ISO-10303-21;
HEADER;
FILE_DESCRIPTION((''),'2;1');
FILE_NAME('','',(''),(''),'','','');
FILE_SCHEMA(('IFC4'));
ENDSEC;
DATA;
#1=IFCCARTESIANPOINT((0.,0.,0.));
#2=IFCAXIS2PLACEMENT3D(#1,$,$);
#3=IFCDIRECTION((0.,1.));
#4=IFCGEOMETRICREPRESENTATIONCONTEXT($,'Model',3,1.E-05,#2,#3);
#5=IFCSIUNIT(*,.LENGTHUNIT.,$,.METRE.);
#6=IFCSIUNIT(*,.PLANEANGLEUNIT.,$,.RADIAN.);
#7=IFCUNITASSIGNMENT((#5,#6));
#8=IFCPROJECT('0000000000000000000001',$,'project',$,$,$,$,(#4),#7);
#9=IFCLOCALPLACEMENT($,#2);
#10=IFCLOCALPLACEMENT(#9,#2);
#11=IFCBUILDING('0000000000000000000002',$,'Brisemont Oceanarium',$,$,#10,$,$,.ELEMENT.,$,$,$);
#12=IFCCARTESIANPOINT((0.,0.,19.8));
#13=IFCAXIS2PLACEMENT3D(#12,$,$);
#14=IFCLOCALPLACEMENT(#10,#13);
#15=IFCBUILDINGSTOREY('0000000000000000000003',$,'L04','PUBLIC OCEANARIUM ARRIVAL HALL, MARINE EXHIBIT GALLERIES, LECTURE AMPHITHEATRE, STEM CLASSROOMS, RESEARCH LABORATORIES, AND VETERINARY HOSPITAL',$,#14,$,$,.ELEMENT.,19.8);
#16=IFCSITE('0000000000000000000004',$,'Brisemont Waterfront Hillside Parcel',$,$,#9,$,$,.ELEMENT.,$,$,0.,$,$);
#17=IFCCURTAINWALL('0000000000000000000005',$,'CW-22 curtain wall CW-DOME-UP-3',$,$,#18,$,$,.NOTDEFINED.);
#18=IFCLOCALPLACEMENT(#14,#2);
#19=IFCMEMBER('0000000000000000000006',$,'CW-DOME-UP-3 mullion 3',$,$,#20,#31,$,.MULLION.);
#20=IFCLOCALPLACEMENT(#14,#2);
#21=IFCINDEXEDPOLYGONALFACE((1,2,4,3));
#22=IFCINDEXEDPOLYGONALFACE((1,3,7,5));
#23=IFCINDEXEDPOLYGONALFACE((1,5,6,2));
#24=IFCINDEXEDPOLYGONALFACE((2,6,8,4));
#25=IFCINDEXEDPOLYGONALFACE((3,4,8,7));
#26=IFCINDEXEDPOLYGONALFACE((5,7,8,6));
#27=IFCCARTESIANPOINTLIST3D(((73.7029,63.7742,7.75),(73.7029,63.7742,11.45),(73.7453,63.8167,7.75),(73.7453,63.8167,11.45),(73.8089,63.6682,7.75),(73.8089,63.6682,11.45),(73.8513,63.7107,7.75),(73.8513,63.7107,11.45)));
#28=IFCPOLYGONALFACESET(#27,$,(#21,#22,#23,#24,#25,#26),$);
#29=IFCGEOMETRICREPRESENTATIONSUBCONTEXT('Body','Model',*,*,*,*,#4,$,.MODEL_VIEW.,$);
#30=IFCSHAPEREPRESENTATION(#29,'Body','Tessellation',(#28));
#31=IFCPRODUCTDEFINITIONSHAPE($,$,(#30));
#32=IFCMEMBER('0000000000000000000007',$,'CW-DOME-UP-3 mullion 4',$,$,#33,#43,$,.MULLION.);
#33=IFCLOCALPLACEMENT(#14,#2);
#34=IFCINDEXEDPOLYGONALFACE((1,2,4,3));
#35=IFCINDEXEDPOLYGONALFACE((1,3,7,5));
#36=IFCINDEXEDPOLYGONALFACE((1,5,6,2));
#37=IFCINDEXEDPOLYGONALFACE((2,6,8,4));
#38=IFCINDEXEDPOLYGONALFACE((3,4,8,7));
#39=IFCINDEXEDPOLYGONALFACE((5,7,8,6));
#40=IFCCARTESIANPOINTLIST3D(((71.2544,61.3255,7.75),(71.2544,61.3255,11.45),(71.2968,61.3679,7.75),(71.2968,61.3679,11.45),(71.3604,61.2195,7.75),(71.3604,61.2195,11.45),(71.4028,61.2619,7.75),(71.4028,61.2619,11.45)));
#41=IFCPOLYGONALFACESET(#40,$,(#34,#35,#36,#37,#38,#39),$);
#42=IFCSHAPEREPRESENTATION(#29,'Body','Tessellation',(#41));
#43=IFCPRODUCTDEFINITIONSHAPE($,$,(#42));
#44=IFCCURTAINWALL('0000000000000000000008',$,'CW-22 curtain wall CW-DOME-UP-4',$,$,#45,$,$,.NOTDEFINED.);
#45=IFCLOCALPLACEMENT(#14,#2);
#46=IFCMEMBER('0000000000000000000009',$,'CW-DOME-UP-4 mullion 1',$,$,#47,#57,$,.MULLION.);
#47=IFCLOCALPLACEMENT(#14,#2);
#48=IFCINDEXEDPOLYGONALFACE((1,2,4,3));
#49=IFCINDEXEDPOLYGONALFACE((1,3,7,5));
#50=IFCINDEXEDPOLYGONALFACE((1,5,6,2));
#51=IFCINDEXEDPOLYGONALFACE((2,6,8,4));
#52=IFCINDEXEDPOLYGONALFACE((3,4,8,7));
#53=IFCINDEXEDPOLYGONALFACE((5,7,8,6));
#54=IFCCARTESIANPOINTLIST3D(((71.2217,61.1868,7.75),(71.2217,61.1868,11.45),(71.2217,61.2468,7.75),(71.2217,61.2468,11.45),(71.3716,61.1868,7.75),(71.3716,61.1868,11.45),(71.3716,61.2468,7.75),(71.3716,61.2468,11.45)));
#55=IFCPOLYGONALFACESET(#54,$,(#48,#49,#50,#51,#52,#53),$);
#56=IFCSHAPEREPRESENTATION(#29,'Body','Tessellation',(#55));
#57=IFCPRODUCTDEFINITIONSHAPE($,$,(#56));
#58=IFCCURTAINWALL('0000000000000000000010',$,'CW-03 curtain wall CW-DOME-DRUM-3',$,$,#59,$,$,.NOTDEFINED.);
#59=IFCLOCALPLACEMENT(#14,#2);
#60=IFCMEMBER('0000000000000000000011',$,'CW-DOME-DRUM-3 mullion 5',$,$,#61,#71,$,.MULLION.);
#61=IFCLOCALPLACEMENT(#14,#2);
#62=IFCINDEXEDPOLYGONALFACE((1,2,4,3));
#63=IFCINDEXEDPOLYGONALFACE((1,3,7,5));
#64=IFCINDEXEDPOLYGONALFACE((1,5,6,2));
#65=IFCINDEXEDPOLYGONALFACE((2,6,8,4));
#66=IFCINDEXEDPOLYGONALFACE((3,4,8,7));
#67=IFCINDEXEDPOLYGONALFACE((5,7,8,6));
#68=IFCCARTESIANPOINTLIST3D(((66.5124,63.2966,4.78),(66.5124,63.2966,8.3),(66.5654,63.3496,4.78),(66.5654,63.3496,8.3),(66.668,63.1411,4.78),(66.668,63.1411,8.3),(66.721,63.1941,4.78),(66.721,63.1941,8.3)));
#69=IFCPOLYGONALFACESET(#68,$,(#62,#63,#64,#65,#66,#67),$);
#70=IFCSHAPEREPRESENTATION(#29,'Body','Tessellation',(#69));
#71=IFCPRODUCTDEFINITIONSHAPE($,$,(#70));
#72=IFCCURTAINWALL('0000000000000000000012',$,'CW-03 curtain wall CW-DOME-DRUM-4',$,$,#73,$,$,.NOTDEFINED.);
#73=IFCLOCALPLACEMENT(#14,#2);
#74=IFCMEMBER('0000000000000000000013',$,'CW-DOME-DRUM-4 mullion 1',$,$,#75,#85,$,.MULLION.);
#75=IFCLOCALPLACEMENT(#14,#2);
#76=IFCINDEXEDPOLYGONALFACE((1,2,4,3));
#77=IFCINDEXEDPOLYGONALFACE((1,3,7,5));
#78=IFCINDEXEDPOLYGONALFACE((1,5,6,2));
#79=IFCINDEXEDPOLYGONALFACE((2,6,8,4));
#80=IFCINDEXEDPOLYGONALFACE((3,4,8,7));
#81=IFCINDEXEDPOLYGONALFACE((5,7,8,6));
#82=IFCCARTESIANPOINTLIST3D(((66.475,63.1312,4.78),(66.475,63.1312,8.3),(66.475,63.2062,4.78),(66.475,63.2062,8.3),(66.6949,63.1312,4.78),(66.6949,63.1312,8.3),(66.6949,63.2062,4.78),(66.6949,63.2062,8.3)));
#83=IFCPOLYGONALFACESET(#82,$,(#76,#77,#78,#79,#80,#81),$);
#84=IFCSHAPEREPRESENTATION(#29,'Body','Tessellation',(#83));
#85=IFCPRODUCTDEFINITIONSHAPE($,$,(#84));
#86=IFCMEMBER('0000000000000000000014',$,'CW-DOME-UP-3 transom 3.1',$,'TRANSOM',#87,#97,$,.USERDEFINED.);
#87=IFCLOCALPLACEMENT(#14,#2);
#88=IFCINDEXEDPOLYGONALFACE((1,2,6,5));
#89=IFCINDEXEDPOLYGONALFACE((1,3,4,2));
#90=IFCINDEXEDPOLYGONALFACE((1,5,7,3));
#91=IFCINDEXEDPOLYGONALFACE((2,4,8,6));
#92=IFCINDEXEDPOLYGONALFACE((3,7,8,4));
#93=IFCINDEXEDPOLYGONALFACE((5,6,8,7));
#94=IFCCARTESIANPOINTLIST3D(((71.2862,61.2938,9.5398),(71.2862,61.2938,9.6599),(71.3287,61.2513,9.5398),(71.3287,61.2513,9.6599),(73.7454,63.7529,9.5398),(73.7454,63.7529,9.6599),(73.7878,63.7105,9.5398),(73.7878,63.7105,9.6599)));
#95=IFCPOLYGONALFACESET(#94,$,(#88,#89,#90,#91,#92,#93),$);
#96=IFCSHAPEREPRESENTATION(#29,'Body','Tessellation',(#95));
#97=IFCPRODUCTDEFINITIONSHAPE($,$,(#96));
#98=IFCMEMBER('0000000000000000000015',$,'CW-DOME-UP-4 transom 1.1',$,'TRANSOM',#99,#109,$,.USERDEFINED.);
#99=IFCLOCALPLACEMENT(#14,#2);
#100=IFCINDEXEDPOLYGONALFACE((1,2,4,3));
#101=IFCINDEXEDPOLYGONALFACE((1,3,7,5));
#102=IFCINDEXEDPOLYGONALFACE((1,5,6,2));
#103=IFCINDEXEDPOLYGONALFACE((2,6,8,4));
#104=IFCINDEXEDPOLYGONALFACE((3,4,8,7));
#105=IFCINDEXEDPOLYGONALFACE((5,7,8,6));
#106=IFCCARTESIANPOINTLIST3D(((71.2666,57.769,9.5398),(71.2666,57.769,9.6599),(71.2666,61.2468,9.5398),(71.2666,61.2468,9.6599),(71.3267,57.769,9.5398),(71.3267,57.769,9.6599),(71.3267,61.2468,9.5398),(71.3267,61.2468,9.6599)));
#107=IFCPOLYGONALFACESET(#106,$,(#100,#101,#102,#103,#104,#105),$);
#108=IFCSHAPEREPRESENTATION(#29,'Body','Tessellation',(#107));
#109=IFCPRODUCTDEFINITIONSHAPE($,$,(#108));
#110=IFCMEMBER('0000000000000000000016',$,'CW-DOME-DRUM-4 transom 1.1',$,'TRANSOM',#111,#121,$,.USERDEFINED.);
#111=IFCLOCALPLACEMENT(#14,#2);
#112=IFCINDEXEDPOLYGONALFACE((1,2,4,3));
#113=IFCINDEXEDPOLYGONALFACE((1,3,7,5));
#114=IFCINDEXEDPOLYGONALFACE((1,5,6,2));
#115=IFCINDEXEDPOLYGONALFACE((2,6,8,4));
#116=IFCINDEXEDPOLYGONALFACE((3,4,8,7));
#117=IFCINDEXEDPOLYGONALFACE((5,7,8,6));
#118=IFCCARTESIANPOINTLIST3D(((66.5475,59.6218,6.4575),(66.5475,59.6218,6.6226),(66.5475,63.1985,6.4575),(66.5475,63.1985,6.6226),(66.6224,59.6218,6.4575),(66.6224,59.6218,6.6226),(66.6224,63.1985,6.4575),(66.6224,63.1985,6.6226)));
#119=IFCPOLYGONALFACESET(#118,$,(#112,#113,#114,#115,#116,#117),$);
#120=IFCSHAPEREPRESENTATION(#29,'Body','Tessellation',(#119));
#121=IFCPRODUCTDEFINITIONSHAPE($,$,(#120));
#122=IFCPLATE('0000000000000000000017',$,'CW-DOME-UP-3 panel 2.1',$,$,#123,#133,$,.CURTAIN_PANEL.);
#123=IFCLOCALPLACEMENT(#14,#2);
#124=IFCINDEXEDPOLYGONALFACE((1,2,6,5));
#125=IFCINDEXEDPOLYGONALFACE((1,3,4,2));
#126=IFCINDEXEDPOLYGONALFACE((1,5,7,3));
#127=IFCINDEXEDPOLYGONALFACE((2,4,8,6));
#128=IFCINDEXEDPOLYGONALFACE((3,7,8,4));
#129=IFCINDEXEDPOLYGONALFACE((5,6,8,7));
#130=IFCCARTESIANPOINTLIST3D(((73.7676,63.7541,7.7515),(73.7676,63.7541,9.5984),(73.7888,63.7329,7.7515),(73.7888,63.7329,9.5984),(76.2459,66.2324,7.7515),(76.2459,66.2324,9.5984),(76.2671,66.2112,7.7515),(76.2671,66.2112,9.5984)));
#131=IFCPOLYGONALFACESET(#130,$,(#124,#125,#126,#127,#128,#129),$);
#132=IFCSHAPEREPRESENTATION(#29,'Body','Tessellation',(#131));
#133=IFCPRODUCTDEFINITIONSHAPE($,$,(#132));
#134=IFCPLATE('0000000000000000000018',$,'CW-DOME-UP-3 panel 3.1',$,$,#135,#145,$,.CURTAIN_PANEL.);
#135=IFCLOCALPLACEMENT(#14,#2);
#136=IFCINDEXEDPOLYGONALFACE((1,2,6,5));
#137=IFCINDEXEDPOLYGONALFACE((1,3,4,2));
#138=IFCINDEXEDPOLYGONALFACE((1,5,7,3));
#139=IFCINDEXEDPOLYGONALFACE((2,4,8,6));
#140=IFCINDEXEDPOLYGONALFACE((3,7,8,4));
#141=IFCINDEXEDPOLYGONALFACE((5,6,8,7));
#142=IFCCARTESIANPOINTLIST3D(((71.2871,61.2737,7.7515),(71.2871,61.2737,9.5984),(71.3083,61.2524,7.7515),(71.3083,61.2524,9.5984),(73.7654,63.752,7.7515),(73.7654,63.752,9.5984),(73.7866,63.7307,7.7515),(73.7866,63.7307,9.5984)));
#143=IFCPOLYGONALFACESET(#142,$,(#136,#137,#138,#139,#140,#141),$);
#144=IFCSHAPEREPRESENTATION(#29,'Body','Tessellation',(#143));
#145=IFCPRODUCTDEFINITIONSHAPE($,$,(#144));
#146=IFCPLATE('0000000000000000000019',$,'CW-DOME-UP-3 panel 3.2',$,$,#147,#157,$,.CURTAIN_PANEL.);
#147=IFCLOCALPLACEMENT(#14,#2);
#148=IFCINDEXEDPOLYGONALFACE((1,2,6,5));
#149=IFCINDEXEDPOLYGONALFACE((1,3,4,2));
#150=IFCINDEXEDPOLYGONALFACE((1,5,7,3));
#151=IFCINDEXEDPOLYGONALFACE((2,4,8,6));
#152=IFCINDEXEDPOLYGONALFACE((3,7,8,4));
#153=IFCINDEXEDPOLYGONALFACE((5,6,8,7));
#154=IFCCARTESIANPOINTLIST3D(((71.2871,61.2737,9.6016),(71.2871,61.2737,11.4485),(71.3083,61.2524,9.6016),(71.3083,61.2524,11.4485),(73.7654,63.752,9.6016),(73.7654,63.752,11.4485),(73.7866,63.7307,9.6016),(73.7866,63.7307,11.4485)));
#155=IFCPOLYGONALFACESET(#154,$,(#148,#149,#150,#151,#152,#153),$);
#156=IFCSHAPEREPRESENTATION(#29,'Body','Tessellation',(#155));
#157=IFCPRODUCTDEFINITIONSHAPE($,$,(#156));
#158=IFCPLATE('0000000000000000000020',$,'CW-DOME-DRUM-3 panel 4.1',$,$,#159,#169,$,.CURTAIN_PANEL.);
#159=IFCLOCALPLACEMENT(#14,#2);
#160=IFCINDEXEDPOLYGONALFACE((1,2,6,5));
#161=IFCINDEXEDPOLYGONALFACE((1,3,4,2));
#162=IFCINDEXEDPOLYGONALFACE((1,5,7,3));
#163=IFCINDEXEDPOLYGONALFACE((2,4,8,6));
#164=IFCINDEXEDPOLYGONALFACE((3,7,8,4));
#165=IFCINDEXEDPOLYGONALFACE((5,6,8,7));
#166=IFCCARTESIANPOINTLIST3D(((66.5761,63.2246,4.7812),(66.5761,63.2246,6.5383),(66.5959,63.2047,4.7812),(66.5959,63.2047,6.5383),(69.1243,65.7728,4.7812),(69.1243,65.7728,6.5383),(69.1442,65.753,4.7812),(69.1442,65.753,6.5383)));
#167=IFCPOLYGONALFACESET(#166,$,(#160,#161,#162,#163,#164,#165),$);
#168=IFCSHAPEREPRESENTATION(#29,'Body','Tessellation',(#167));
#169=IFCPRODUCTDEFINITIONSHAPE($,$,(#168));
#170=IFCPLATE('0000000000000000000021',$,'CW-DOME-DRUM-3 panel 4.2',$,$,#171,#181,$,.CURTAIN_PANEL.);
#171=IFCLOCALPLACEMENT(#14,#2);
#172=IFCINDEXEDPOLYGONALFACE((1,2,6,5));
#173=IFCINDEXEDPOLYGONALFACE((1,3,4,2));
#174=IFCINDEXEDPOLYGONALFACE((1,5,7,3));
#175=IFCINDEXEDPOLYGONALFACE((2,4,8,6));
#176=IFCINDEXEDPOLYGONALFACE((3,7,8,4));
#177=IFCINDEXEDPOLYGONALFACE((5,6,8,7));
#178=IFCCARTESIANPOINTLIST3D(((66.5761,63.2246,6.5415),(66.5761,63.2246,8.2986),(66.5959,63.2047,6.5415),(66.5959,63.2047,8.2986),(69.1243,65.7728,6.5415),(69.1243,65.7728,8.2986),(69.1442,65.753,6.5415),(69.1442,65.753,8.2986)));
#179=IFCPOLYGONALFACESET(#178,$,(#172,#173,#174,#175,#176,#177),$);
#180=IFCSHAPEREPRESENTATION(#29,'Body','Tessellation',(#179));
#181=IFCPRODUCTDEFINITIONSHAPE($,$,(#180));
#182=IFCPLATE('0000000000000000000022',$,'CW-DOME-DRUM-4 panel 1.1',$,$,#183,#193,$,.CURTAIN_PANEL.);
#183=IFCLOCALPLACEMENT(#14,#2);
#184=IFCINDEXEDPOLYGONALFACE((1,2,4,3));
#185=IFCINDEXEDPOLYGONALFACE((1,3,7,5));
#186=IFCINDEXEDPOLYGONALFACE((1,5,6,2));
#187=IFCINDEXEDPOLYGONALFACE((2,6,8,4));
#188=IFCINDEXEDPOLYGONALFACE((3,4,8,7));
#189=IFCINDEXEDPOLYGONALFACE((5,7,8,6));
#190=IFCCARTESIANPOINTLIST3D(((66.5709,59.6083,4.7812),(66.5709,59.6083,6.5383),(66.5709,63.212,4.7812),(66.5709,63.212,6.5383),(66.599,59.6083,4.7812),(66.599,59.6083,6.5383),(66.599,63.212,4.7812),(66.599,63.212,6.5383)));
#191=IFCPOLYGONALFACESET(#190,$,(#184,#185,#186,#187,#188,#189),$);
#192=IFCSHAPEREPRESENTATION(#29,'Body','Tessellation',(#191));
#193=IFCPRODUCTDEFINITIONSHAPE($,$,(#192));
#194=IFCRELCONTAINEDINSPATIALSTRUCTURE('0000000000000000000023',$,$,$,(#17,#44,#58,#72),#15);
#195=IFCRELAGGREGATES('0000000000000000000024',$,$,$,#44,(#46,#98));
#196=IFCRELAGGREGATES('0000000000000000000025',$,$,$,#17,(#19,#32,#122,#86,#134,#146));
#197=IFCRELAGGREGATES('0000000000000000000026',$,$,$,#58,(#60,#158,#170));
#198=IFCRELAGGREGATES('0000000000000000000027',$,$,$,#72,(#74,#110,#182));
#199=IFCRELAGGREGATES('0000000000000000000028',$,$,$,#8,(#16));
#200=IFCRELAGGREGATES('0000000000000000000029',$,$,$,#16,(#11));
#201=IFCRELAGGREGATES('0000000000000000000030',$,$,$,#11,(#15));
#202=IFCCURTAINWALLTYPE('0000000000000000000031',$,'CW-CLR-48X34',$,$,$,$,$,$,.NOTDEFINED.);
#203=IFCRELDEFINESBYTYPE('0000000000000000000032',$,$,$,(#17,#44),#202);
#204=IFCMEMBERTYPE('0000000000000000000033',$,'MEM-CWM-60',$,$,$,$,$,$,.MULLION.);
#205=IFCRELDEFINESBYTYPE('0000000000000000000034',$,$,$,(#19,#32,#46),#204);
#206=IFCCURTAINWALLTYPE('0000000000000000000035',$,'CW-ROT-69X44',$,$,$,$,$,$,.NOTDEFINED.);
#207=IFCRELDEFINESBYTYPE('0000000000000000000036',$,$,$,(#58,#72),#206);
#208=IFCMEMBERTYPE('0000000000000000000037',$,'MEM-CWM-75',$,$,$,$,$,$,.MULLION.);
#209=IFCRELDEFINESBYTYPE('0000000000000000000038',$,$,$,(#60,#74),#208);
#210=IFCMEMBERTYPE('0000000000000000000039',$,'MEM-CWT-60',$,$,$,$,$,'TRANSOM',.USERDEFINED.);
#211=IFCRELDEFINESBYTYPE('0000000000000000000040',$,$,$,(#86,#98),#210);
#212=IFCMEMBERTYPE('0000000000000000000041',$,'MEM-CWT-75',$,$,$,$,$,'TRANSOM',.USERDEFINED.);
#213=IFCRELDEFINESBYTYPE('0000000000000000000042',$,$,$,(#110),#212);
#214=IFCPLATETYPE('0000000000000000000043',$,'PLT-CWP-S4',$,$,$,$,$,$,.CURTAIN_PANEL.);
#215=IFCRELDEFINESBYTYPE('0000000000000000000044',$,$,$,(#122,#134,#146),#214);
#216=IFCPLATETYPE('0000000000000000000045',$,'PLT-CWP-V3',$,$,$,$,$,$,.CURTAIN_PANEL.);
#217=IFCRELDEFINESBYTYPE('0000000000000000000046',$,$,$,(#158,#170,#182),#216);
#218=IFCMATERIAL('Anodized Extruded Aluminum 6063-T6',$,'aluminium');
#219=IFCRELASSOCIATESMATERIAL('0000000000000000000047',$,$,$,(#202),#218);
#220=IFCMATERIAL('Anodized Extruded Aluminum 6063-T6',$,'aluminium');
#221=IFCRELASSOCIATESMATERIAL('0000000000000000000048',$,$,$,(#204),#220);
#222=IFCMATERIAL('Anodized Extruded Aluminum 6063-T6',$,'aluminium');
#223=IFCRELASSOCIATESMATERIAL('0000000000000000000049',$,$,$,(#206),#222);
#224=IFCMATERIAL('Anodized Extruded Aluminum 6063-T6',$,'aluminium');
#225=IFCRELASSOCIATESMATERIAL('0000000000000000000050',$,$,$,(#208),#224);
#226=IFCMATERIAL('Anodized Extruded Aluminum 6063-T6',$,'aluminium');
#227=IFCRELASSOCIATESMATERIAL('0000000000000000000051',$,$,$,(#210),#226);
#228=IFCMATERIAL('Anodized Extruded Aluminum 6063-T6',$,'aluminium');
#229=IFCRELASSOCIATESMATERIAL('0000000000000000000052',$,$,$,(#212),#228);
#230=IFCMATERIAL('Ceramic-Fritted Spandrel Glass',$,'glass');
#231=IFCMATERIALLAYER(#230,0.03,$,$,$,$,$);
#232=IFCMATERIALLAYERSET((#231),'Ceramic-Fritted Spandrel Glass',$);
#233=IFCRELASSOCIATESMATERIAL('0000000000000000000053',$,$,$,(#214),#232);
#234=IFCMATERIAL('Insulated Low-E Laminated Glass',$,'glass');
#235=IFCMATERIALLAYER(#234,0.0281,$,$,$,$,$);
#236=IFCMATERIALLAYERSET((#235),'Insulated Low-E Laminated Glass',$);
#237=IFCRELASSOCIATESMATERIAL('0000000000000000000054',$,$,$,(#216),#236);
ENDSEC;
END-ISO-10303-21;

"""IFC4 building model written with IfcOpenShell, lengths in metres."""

from ifc_helpers import new_model, si_unit, direction, frame, origin, origin_2d, place, context, subcontext, project, spatial, rectangle, extrude, material, layer, layer_set, material_profile, profile_set, type_object, element, aggregate, save


model = new_model("IFC4")

# Units and contexts
model_context = context("Model", 3, precision=1e-05, world=origin(), true_north=direction((0.0, 1.0)))
body_context = subcontext(model_context, "Body", "Model", "MODEL_VIEW")
ifc_project = project(units=[si_unit("LENGTHUNIT", "METRE"), si_unit("PLANEANGLEUNIT", "RADIAN")], contexts=[model_context])

# Site, building, storey
site_placement = place(None, origin())
site = spatial("IfcSite", under=ifc_project, at=site_placement, Name="Brisemont Waterfront Hillside Parcel", CompositionType="ELEMENT", RefElevation=0.0)
building_placement = place(site_placement, origin())
building = spatial("IfcBuilding", under=site, at=building_placement, Name="Brisemont Oceanarium", CompositionType="ELEMENT")
storey_placement = place(building_placement, frame((0.0, 0.0, 19.8)))
storey = spatial("IfcBuildingStorey", under=building, at=storey_placement, Name="L04", Description="PUBLIC OCEANARIUM ARRIVAL HALL, MARINE EXHIBIT GALLERIES, LECTURE AMPHITHEATRE, STEM CLASSROOMS, RESEARCH LABORATORIES, AND VETERINARY HOSPITAL", CompositionType="ELEMENT", Elevation=19.8)

# Curtain wall, members
ifc_material_1 = material(Name="Anodized Extruded Aluminum 6063-T6", Category="aluminium")
curtain_wall_type_1 = type_object("IfcCurtainWallType", Name="CW-CLR-48X34", PredefinedType="NOTDEFINED", material=ifc_material_1)
curtain_wall_1_placement = place(storey_placement, origin())
curtain_wall_1 = element("IfcCurtainWall", 1, at=curtain_wall_1_placement, inside=storey, type_object=curtain_wall_type_1, Name="CW-22 curtain wall CW-DOME-UP-3", PredefinedType="NOTDEFINED")
ifc_material_2 = material(Name="Anodized Extruded Aluminum 6063-T6", Category="aluminium")
ifc_material_profile_1 = material_profile(ifc_material_2, rectangle(XDim=0.0601, YDim=0.1499, at=origin_2d()), Name="CWM-60X150")
ifc_profile_set_1 = profile_set([ifc_material_profile_1], Name="Anodized Extruded Aluminum 6063-T6")
member_type_1 = type_object("IfcMemberType", Name="MEM-CWM-60", PredefinedType="MULLION", material=ifc_profile_set_1)
member_1_placement = place(storey_placement, frame((73.7771, 63.7424, 7.75), z_axis=(0.0, 0.0, 1.0), x_axis=(-0.707107, -0.707107, 0.0)))
member_1 = element("IfcMember", 2, at=member_1_placement, type_object=member_type_1, Name="CW-DOME-UP-3 mullion 3", PredefinedType="MULLION", context=body_context, shape_type="SweptSolid", body=[
    extrude(rectangle(XDim=0.0601, YDim=0.1499, at=origin_2d()), origin(), (0.0, 0.0, 1.0), 3.7),
])
member_2_placement = place(storey_placement, frame((71.3286, 61.2937, 7.75), z_axis=(0.0, 0.0, 1.0), x_axis=(-0.707107, -0.707107, 0.0)))
member_2 = element("IfcMember", 3, at=member_2_placement, type_object=member_type_1, Name="CW-DOME-UP-3 mullion 4", PredefinedType="MULLION", context=body_context, shape_type="SweptSolid", body=[
    extrude(rectangle(XDim=0.0601, YDim=0.1499, at=origin_2d()), origin(), (0.0, 0.0, 1.0), 3.7),
])

# Curtain walls, members
curtain_wall_2_placement = place(storey_placement, origin())
curtain_wall_2 = element("IfcCurtainWall", 4, at=curtain_wall_2_placement, inside=storey, type_object=curtain_wall_type_1, Name="CW-22 curtain wall CW-DOME-UP-4", PredefinedType="NOTDEFINED")
member_3_placement = place(storey_placement, frame((71.2966, 61.2168, 7.75), z_axis=(0.0, 0.0, 1.0), x_axis=(0.0, -1.0, 0.0)))
member_3 = element("IfcMember", 5, at=member_3_placement, type_object=member_type_1, Name="CW-DOME-UP-4 mullion 1", PredefinedType="MULLION", context=body_context, shape_type="SweptSolid", body=[
    extrude(rectangle(XDim=0.0601, YDim=0.1499, at=origin_2d()), origin(), (0.0, 0.0, 1.0), 3.7),
])
ifc_material_3 = material(Name="Anodized Extruded Aluminum 6063-T6", Category="aluminium")
curtain_wall_type_2 = type_object("IfcCurtainWallType", Name="CW-ROT-69X44", PredefinedType="NOTDEFINED", material=ifc_material_3)
curtain_wall_3_placement = place(storey_placement, origin())
curtain_wall_3 = element("IfcCurtainWall", 6, at=curtain_wall_3_placement, inside=storey, type_object=curtain_wall_type_2, Name="CW-03 curtain wall CW-DOME-DRUM-3", PredefinedType="NOTDEFINED")
ifc_material_4 = material(Name="Anodized Extruded Aluminum 6063-T6", Category="aluminium")
ifc_material_profile_2 = material_profile(ifc_material_4, rectangle(XDim=0.075, YDim=0.22, at=origin_2d()), Name="CWM-75X220")
ifc_profile_set_2 = profile_set([ifc_material_profile_2], Name="Anodized Extruded Aluminum 6063-T6")
member_type_2 = type_object("IfcMemberType", Name="MEM-CWM-75", PredefinedType="MULLION", material=ifc_profile_set_2)
member_4_placement = place(storey_placement, frame((66.6167, 63.2454, 4.78), z_axis=(0.0, 0.0, 1.0), x_axis=(-0.707107, -0.707107, 0.0)))
member_4 = element("IfcMember", 7, at=member_4_placement, type_object=member_type_2, Name="CW-DOME-DRUM-3 mullion 5", PredefinedType="MULLION", context=body_context, shape_type="SweptSolid", body=[
    extrude(rectangle(XDim=0.075, YDim=0.22, at=origin_2d()), origin(), (0.0, 0.0, 1.0), 3.52),
])
curtain_wall_4_placement = place(storey_placement, origin())
curtain_wall_4 = element("IfcCurtainWall", 8, at=curtain_wall_4_placement, inside=storey, type_object=curtain_wall_type_2, Name="CW-03 curtain wall CW-DOME-DRUM-4", PredefinedType="NOTDEFINED")
member_5_placement = place(storey_placement, frame((66.585, 63.1687, 4.78), z_axis=(0.0, 0.0, 1.0), x_axis=(0.0, -1.0, 0.0)))
member_5 = element("IfcMember", 9, at=member_5_placement, type_object=member_type_2, Name="CW-DOME-DRUM-4 mullion 1", PredefinedType="MULLION", context=body_context, shape_type="SweptSolid", body=[
    extrude(rectangle(XDim=0.075, YDim=0.22, at=origin_2d()), origin(), (0.0, 0.0, 1.0), 3.52),
])

# Members
ifc_material_5 = material(Name="Anodized Extruded Aluminum 6063-T6", Category="aluminium")
ifc_material_profile_3 = material_profile(ifc_material_5, rectangle(XDim=0.0601, YDim=0.1201, at=origin_2d()), Name="CWT-60X120")
ifc_profile_set_3 = profile_set([ifc_material_profile_3], Name="Anodized Extruded Aluminum 6063-T6")
member_type_3 = type_object("IfcMemberType", Name="MEM-CWT-60", ElementType="TRANSOM", PredefinedType="USERDEFINED", material=ifc_profile_set_3)
member_6_placement = place(storey_placement, frame((73.7666, 63.7317, 9.5999), z_axis=(-0.707107, -0.707107, 0.0), x_axis=(0.707107, -0.707107, 0.0)))
member_6 = element("IfcMember", 10, at=member_6_placement, type_object=member_type_3, Name="CW-DOME-UP-3 transom 3.1", ObjectType="TRANSOM", PredefinedType="USERDEFINED", context=body_context, shape_type="SweptSolid", body=[
    extrude(rectangle(XDim=0.0601, YDim=0.1201, at=origin_2d()), origin(), (0.0, 0.0, 1.0), 3.4778),
])
member_7_placement = place(storey_placement, frame((71.2966, 61.2468, 9.5999), z_axis=(0.0, -1.0, 0.0), x_axis=(1.0, 0.0, 0.0)))
member_7 = element("IfcMember", 11, at=member_7_placement, type_object=member_type_3, Name="CW-DOME-UP-4 transom 1.1", ObjectType="TRANSOM", PredefinedType="USERDEFINED", context=body_context, shape_type="SweptSolid", body=[
    extrude(rectangle(XDim=0.0601, YDim=0.1201, at=origin_2d()), origin(), (0.0, 0.0, 1.0), 3.4778),
])
aggregate(curtain_wall_2, [member_3, member_7])
ifc_material_6 = material(Name="Anodized Extruded Aluminum 6063-T6", Category="aluminium")
ifc_material_profile_4 = material_profile(ifc_material_6, rectangle(XDim=0.075, YDim=0.165, at=origin_2d()), Name="CWT-75X165")
ifc_profile_set_4 = profile_set([ifc_material_profile_4], Name="Anodized Extruded Aluminum 6063-T6")
member_type_4 = type_object("IfcMemberType", Name="MEM-CWT-75", ElementType="TRANSOM", PredefinedType="USERDEFINED", material=ifc_profile_set_4)
member_8_placement = place(storey_placement, frame((66.585, 63.1985, 6.54), z_axis=(0.0, -1.0, 0.0), x_axis=(1.0, 0.0, 0.0)))
member_8 = element("IfcMember", 12, at=member_8_placement, type_object=member_type_4, Name="CW-DOME-DRUM-4 transom 1.1", ObjectType="TRANSOM", PredefinedType="USERDEFINED", context=body_context, shape_type="SweptSolid", body=[
    extrude(rectangle(XDim=0.075, YDim=0.165, at=origin_2d()), origin(), (0.0, 0.0, 1.0), 3.5767),
])

# Plates
ifc_material_7 = material(Name="Ceramic-Fritted Spandrel Glass", Category="glass")
ifc_layer_1 = layer(ifc_material_7, 0.03)
ifc_layer_set_1 = layer_set([ifc_layer_1], Name="Ceramic-Fritted Spandrel Glass")
plate_type_1 = type_object("IfcPlateType", Name="PLT-CWP-S4", PredefinedType="CURTAIN_PANEL", material=ifc_layer_set_1)
plate_1_placement = place(storey_placement, frame((75.0173, 64.9827, 7.7515), z_axis=(0.0, 0.0, 1.0), x_axis=(-0.707107, -0.707107, 0.0)))
plate_1 = element("IfcPlate", 13, at=plate_1_placement, type_object=plate_type_1, Name="CW-DOME-UP-3 panel 2.1", PredefinedType="CURTAIN_PANEL", context=body_context, shape_type="SweptSolid", body=[
    extrude(rectangle(XDim=3.5049, YDim=0.03, at=origin_2d()), origin(), (0.0, 0.0, 1.0), 1.8469),
])
plate_2_placement = place(storey_placement, frame((72.5369, 62.5022, 7.7515), z_axis=(0.0, 0.0, 1.0), x_axis=(-0.707107, -0.707107, 0.0)))
plate_2 = element("IfcPlate", 14, at=plate_2_placement, type_object=plate_type_1, Name="CW-DOME-UP-3 panel 3.1", PredefinedType="CURTAIN_PANEL", context=body_context, shape_type="SweptSolid", body=[
    extrude(rectangle(XDim=3.5049, YDim=0.03, at=origin_2d()), origin(), (0.0, 0.0, 1.0), 1.8469),
])
plate_3_placement = place(storey_placement, frame((72.5369, 62.5022, 9.6016), z_axis=(0.0, 0.0, 1.0), x_axis=(-0.707107, -0.707107, 0.0)))
plate_3 = element("IfcPlate", 15, at=plate_3_placement, type_object=plate_type_1, Name="CW-DOME-UP-3 panel 3.2", PredefinedType="CURTAIN_PANEL", context=body_context, shape_type="SweptSolid", body=[
    extrude(rectangle(XDim=3.5049, YDim=0.03, at=origin_2d()), origin(), (0.0, 0.0, 1.0), 1.8469),
])
aggregate(curtain_wall_1, [member_1, member_2, plate_1, member_6, plate_2, plate_3])
ifc_material_8 = material(Name="Insulated Low-E Laminated Glass", Category="glass")
ifc_layer_2 = layer(ifc_material_8, 0.0281)
ifc_layer_set_2 = layer_set([ifc_layer_2], Name="Insulated Low-E Laminated Glass")
plate_type_2 = type_object("IfcPlateType", Name="PLT-CWP-V3", PredefinedType="CURTAIN_PANEL", material=ifc_layer_set_2)
plate_4_placement = place(storey_placement, frame((67.8601, 64.4888, 4.7812), z_axis=(0.0, 0.0, 1.0), x_axis=(-0.707107, -0.707107, 0.0)))
plate_4 = element("IfcPlate", 16, at=plate_4_placement, type_object=plate_type_2, Name="CW-DOME-DRUM-3 panel 4.1", PredefinedType="CURTAIN_PANEL", context=body_context, shape_type="SweptSolid", body=[
    extrude(rectangle(XDim=3.6038, YDim=0.0281, at=origin_2d()), origin(), (0.0, 0.0, 1.0), 1.7571),
])
plate_5_placement = place(storey_placement, frame((67.8601, 64.4888, 6.5415), z_axis=(0.0, 0.0, 1.0), x_axis=(-0.707107, -0.707107, 0.0)))
plate_5 = element("IfcPlate", 17, at=plate_5_placement, type_object=plate_type_2, Name="CW-DOME-DRUM-3 panel 4.2", PredefinedType="CURTAIN_PANEL", context=body_context, shape_type="SweptSolid", body=[
    extrude(rectangle(XDim=3.6038, YDim=0.0281, at=origin_2d()), origin(), (0.0, 0.0, 1.0), 1.7571),
])
aggregate(curtain_wall_3, [member_4, plate_4, plate_5])
plate_6_placement = place(storey_placement, frame((66.585, 61.4102, 4.7812), z_axis=(0.0, 0.0, 1.0), x_axis=(0.0, -1.0, 0.0)))
plate_6 = element("IfcPlate", 18, at=plate_6_placement, type_object=plate_type_2, Name="CW-DOME-DRUM-4 panel 1.1", PredefinedType="CURTAIN_PANEL", context=body_context, shape_type="SweptSolid", body=[
    extrude(rectangle(XDim=3.6038, YDim=0.0281, at=origin_2d()), origin(), (0.0, 0.0, 1.0), 1.7571),
])
aggregate(curtain_wall_4, [member_5, member_8, plate_6])

save(model, "model.ifc")
